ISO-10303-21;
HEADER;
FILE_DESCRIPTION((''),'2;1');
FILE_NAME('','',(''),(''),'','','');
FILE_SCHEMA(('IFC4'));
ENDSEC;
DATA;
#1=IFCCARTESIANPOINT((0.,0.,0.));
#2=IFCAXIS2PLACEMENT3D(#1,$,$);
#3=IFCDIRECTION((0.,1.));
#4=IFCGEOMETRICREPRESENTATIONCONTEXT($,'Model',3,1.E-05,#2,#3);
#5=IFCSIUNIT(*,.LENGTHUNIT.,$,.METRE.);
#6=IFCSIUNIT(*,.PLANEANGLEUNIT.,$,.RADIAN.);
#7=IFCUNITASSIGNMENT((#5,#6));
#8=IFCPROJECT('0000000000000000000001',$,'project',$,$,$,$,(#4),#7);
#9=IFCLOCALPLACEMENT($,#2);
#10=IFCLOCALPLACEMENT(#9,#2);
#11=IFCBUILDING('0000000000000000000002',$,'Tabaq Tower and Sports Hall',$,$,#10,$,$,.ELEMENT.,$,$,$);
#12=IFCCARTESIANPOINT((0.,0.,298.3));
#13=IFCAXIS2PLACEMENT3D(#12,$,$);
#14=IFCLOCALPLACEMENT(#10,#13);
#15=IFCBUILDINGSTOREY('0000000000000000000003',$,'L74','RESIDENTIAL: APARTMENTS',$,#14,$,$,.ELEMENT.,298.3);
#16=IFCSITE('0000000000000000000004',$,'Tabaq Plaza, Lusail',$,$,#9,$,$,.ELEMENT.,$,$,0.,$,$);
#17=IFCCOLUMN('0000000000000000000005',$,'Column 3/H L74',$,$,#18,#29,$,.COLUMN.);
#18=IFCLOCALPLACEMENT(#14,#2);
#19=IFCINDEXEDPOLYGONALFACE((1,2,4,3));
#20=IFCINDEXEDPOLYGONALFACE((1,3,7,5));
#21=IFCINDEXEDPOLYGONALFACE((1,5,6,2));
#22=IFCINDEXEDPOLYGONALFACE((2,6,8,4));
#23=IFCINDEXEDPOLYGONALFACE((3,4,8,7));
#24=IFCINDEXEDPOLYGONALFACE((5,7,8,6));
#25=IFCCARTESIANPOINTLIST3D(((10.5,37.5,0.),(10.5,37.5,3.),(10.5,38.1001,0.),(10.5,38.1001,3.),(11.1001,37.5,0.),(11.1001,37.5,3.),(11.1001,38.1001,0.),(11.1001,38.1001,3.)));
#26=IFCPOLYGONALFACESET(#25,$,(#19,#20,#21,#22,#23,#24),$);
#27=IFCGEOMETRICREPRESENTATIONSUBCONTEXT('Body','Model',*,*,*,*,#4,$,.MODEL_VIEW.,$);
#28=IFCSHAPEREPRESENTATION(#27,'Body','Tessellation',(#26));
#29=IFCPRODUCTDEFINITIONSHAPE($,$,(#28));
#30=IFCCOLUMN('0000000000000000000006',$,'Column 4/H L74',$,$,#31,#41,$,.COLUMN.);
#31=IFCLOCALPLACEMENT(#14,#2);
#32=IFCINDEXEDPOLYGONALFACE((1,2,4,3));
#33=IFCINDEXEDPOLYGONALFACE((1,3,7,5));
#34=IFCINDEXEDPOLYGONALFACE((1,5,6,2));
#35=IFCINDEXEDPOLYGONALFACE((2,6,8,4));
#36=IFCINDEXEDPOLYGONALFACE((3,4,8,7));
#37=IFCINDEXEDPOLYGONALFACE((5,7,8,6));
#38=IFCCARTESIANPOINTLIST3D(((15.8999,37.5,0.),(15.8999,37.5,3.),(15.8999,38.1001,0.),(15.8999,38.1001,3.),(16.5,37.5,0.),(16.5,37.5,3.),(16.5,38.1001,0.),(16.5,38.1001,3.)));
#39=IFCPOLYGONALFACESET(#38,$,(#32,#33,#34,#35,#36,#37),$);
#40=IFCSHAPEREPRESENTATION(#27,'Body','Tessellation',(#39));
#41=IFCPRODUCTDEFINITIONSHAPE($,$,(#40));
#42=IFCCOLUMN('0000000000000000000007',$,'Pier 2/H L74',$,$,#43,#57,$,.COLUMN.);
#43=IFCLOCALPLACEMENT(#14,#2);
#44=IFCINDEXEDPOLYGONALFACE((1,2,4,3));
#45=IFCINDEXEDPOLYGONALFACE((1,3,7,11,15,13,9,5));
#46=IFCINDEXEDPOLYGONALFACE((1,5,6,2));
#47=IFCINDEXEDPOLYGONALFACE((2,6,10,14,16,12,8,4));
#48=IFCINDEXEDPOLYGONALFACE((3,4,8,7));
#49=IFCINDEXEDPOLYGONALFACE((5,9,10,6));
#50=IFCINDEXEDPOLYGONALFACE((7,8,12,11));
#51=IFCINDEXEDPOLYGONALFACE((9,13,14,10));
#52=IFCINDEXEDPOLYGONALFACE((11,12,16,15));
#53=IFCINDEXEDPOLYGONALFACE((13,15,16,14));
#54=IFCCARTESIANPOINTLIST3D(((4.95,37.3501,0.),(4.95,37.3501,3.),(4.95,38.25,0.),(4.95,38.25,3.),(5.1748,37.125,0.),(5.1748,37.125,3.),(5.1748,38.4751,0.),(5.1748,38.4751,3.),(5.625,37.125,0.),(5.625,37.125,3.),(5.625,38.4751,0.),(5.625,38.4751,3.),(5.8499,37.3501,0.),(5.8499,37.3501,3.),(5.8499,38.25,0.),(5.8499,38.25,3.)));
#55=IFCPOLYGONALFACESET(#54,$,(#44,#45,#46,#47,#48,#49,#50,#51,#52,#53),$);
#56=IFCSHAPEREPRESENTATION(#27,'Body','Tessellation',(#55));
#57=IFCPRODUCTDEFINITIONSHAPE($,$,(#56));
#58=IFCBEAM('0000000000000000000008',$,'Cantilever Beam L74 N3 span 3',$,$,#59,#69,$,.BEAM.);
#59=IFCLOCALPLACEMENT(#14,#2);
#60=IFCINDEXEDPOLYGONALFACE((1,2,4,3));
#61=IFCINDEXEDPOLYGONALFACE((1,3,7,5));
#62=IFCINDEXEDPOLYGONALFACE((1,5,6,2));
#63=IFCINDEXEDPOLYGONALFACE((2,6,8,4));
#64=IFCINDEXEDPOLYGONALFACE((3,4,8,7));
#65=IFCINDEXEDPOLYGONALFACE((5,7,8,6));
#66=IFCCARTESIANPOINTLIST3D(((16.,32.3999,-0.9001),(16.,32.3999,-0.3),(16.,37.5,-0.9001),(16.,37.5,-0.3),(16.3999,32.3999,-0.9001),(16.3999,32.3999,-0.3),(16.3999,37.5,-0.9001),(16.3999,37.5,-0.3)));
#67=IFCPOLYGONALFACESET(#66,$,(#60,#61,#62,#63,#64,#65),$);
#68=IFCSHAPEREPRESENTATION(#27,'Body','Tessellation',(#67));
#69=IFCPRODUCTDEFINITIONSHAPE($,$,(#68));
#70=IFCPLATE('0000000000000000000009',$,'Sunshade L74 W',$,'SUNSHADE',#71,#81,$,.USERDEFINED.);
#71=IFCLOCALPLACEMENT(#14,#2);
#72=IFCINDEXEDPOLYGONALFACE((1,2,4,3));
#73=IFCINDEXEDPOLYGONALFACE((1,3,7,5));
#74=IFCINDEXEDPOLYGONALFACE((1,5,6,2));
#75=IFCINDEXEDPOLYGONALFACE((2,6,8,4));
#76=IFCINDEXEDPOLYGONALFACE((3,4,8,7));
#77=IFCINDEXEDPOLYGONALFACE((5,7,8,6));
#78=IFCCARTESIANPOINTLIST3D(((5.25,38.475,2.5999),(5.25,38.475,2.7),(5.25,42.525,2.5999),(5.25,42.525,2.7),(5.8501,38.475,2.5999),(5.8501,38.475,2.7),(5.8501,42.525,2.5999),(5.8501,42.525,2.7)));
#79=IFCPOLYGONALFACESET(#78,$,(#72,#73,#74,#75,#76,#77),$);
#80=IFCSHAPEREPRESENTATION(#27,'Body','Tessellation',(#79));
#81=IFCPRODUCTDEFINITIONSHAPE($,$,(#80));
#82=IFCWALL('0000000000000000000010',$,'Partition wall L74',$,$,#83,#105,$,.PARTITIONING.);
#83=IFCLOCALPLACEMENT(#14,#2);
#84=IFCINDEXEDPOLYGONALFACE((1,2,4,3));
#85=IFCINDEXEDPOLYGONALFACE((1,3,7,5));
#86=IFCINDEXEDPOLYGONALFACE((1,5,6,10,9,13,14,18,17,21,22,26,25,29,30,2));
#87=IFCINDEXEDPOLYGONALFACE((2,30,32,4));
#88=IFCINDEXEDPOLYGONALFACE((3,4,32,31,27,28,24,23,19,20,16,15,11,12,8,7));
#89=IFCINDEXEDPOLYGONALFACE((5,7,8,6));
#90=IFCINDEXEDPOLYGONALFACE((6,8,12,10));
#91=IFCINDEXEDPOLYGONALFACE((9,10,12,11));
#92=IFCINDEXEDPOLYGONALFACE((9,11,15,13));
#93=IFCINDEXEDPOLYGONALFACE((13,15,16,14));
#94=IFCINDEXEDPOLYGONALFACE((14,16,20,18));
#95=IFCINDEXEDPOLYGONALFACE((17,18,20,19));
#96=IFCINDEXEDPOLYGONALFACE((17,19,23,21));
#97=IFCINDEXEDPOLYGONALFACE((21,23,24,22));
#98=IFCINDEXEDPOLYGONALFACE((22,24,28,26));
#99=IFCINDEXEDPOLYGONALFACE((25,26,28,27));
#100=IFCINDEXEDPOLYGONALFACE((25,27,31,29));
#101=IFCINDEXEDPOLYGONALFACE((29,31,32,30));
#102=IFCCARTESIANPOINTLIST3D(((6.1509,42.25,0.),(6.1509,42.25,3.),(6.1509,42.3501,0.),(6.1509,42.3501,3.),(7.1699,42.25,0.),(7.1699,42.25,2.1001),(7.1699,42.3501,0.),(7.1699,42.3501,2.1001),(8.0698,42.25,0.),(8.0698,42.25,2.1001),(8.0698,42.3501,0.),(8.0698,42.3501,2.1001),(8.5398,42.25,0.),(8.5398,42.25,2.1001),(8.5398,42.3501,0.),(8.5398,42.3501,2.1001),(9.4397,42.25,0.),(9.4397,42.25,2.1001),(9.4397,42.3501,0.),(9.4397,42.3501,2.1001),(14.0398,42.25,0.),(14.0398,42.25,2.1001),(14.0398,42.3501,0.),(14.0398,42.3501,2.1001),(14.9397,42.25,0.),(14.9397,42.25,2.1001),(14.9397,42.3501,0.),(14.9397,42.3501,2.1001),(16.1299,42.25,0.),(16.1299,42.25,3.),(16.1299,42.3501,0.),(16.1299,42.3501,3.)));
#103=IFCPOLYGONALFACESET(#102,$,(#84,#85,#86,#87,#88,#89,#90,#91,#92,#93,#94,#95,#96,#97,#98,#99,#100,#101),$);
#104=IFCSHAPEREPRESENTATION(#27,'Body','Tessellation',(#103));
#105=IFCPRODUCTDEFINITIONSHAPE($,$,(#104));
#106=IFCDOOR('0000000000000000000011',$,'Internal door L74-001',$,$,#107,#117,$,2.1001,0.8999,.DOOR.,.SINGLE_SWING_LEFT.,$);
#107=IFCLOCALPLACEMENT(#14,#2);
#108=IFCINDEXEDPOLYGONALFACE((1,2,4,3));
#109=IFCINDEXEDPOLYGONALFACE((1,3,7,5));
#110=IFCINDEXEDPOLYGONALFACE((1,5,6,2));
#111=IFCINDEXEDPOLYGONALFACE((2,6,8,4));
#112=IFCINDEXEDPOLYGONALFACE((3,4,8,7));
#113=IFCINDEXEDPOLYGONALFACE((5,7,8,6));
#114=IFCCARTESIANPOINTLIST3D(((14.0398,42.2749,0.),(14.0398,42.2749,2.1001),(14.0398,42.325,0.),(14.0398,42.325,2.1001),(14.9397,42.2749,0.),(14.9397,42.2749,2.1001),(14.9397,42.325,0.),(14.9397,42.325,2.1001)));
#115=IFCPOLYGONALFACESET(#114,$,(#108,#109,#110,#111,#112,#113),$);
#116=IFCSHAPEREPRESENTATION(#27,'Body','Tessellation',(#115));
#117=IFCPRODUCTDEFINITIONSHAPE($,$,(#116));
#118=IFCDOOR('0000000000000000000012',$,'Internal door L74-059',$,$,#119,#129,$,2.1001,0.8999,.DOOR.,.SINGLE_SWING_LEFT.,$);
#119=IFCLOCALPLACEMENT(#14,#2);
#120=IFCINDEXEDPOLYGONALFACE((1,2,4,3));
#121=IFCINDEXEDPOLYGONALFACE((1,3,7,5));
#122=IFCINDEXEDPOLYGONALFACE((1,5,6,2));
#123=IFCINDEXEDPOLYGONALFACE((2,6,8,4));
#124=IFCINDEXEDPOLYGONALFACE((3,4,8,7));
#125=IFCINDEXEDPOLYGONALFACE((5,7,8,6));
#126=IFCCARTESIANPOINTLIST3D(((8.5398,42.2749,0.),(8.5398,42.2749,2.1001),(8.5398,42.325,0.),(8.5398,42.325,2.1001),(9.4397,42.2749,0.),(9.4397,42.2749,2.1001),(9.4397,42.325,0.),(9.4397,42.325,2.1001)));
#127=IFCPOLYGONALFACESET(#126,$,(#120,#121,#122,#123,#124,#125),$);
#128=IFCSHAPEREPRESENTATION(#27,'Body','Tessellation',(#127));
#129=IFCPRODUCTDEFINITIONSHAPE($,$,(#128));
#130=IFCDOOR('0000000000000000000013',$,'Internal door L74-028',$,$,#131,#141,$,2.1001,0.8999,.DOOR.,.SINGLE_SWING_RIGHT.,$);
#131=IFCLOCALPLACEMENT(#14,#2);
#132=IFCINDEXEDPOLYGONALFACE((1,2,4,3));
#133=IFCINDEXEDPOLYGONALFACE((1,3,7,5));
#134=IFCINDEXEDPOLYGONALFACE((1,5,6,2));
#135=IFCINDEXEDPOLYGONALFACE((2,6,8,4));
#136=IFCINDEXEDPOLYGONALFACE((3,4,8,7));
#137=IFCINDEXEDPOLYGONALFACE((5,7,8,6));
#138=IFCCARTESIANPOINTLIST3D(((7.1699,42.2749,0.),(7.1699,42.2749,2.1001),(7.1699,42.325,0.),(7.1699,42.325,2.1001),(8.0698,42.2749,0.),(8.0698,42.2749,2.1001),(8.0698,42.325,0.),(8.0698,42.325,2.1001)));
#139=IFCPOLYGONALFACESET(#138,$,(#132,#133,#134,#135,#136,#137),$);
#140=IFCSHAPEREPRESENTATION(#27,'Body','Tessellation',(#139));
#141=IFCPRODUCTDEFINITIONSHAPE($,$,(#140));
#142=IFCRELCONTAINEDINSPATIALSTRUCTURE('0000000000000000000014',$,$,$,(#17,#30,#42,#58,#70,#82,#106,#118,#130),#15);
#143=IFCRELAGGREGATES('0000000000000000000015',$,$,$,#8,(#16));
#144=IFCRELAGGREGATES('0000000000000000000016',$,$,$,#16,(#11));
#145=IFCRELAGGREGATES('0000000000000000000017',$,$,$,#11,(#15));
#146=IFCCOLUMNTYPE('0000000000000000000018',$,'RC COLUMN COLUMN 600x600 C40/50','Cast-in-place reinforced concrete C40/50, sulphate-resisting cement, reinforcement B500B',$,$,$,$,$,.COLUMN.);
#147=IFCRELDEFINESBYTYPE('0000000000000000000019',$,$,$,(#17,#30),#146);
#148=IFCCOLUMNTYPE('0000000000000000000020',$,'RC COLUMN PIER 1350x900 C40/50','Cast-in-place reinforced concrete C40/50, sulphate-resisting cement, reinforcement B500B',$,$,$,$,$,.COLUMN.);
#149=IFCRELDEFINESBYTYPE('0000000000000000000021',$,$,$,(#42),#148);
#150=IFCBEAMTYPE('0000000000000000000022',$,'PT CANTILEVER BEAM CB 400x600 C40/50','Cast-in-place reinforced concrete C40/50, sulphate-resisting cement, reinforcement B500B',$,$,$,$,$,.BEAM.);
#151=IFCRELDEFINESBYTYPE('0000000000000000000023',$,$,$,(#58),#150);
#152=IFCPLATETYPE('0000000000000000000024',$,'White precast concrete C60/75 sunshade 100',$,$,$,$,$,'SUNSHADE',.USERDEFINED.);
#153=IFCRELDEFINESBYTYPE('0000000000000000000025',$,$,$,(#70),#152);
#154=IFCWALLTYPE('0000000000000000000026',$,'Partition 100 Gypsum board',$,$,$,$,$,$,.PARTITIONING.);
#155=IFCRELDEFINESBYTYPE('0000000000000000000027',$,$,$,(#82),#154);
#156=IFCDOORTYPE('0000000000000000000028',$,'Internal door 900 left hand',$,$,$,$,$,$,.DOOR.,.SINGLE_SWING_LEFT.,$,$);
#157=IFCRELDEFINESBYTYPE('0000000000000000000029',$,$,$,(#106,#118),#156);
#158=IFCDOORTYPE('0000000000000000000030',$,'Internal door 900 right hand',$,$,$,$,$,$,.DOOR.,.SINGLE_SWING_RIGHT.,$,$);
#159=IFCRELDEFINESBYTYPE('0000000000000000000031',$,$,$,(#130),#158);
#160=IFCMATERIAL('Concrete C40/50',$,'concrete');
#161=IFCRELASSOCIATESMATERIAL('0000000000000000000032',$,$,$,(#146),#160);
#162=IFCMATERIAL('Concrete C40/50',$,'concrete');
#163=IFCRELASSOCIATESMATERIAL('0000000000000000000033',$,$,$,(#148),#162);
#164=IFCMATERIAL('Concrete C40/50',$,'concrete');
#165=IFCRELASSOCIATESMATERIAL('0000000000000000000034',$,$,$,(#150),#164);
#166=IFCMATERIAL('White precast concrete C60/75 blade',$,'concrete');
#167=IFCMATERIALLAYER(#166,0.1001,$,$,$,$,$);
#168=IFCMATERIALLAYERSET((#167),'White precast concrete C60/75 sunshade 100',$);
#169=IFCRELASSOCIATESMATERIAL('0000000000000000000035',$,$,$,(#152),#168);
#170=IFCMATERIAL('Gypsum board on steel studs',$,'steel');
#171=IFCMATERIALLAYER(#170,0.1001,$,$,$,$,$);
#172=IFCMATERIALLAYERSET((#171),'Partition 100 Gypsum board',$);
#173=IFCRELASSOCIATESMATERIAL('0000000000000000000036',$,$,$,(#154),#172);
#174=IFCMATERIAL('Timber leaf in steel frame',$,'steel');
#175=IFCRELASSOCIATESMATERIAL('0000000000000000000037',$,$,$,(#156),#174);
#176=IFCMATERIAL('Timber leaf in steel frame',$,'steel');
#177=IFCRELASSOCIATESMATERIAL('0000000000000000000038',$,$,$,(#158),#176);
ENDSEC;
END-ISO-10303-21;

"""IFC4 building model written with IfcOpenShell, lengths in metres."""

from ifc_helpers import new_model, si_unit, direction, frame, frame_2d, origin, origin_2d, place, context, subcontext, project, spatial, polyline, rectangle, outline, extrude, material, layer, layer_set, material_profile, profile_set, type_object, element, fill, save


model = new_model("IFC4")

# Units and contexts
model_context = context("Model", 3, precision=1e-05, world=origin(), true_north=direction((0.0, 1.0)))
body_context = subcontext(model_context, "Body", "Model", "MODEL_VIEW")
ifc_project = project(units=[si_unit("LENGTHUNIT", "METRE"), si_unit("PLANEANGLEUNIT", "RADIAN")], contexts=[model_context])

# Site, building, storey
site_placement = place(None, origin())
site = spatial("IfcSite", under=ifc_project, at=site_placement, Name="Tabaq Plaza, Lusail", CompositionType="ELEMENT", RefElevation=0.0)
building_placement = place(site_placement, origin())
building = spatial("IfcBuilding", under=site, at=building_placement, Name="Tabaq Tower and Sports Hall", CompositionType="ELEMENT")
storey_placement = place(building_placement, frame((0.0, 0.0, 298.3)))
storey = spatial("IfcBuildingStorey", under=building, at=storey_placement, Name="L74", Description="RESIDENTIAL: APARTMENTS", CompositionType="ELEMENT", Elevation=298.3)

# Columns
ifc_material_1 = material(Name="Concrete C40/50", Category="concrete")
ifc_material_profile_1 = material_profile(ifc_material_1, rectangle(XDim=0.6001, YDim=0.6001, at=origin_2d()), Name="COLUMN 600x600")
ifc_profile_set_1 = profile_set([ifc_material_profile_1], Name="Concrete C40/50")
column_type_1 = type_object("IfcColumnType", Name="RC COLUMN COLUMN 600x600 C40/50", Description="Cast-in-place reinforced concrete C40/50, sulphate-resisting cement, reinforcement B500B", PredefinedType="COLUMN", material=ifc_profile_set_1)
for number, where, z_axis, x_axis, name in (
    (1, (10.8, 37.8, 0.0), (0.0, 0.0, 1.0), (1.0, 0.0, 0.0), "Column 3/H L74"),
    (2, (16.2, 37.8, 0.0), (0.0, 0.0, 1.0), (1.0, 0.0, 0.0), "Column 4/H L74"),
):
    element("IfcColumn", number, at=place(storey_placement, frame(where, z_axis=z_axis, x_axis=x_axis)), inside=storey, type_object=column_type_1, Name=name, PredefinedType="COLUMN", context=body_context, shape_type="SweptSolid", body=[
        extrude(rectangle(XDim=0.6001, YDim=0.6001, at=origin_2d()), origin(), (0.0, 0.0, 1.0), 3.0),
    ])
ifc_material_2 = material(Name="Concrete C40/50", Category="concrete")
ifc_material_profile_2 = material_profile(ifc_material_2, outline(polyline([(-0.45, -0.45), (0.45, -0.45), (0.675, -0.2251), (0.675, 0.2251), (0.45, 0.45), (-0.45, 0.45), (-0.675, 0.2251), (-0.675, -0.2251), (-0.45, -0.45)])), Name="PIER 1350x900")
ifc_profile_set_2 = profile_set([ifc_material_profile_2], Name="Concrete C40/50")
column_type_2 = type_object("IfcColumnType", Name="RC COLUMN PIER 1350x900 C40/50", Description="Cast-in-place reinforced concrete C40/50, sulphate-resisting cement, reinforcement B500B", PredefinedType="COLUMN", material=ifc_profile_set_2)
column_placement = place(storey_placement, frame((5.3999, 37.8, 0.0), z_axis=(0.0, 0.0, 1.0), x_axis=(0.0, 1.0, 0.0)))
element("IfcColumn", 3, at=column_placement, inside=storey, type_object=column_type_2, Name="Pier 2/H L74", PredefinedType="COLUMN", context=body_context, shape_type="SweptSolid", body=[
    extrude(outline(polyline([(-0.45, -0.45), (0.45, -0.45), (0.675, -0.2251), (0.675, 0.2251), (0.45, 0.45), (-0.45, 0.45), (-0.675, 0.2251), (-0.675, -0.2251), (-0.45, -0.45)])), origin(), (0.0, 0.0, 1.0), 3.0),
])

# Beam
ifc_material_3 = material(Name="Concrete C40/50", Category="concrete")
ifc_material_profile_3 = material_profile(ifc_material_3, rectangle(XDim=0.3999, YDim=0.6001, at=origin_2d()), Name="CB 400x600")
ifc_profile_set_3 = profile_set([ifc_material_profile_3], Name="Concrete C40/50")
beam_type = type_object("IfcBeamType", Name="PT CANTILEVER BEAM CB 400x600 C40/50", Description="Cast-in-place reinforced concrete C40/50, sulphate-resisting cement, reinforcement B500B", PredefinedType="BEAM", material=ifc_profile_set_3)
beam_placement = place(storey_placement, frame((16.2, 37.5, -0.6001), z_axis=(0.0, -1.0, 0.0), x_axis=(1.0, 0.0, 0.0)))
element("IfcBeam", 4, at=beam_placement, inside=storey, type_object=beam_type, Name="Cantilever Beam L74 N3 span 3", PredefinedType="BEAM", context=body_context, shape_type="SweptSolid", body=[
    extrude(rectangle(XDim=0.3999, YDim=0.6001, at=origin_2d()), origin(), (0.0, 0.0, 1.0), 5.1001),
])

# Plate
ifc_material_4 = material(Name="White precast concrete C60/75 blade", Category="concrete")
ifc_layer_1 = layer(ifc_material_4, 0.1001)
ifc_layer_set_1 = layer_set([ifc_layer_1], Name="White precast concrete C60/75 sunshade 100")
plate_type = type_object("IfcPlateType", Name="White precast concrete C60/75 sunshade 100", ElementType="SUNSHADE", PredefinedType="USERDEFINED", material=ifc_layer_set_1)
plate_placement = place(storey_placement, frame((5.55, 40.5, 2.5999), z_axis=(0.0, 0.0, 1.0), x_axis=(0.0, -1.0, 0.0)))
element("IfcPlate", 5, at=plate_placement, inside=storey, type_object=plate_type, Name="Sunshade L74 W", ObjectType="SUNSHADE", PredefinedType="USERDEFINED", context=body_context, shape_type="SweptSolid", body=[
    extrude(rectangle(XDim=4.05, YDim=0.6001, at=origin_2d()), origin(), (0.0, 0.0, 1.0), 0.1001),
])

# Wall, openings, doors
ifc_material_5 = material(Name="Gypsum board on steel studs", Category="steel")
ifc_layer_2 = layer(ifc_material_5, 0.1001)
ifc_layer_set_2 = layer_set([ifc_layer_2], Name="Partition 100 Gypsum board")
wall_type = type_object("IfcWallType", Name="Partition 100 Gypsum board", PredefinedType="PARTITIONING", material=ifc_layer_set_2)
wall_1_placement = place(storey_placement, frame((6.1509, 42.3, 0.0), z_axis=(0.0, 0.0, 1.0), x_axis=(1.0, 0.0, 0.0)))
wall_1 = element("IfcWall", 6, at=wall_1_placement, inside=storey, type_object=wall_type, Name="Partition wall L74", PredefinedType="PARTITIONING", context=body_context, shape_type="SweptSolid", body=[
    extrude(rectangle(XDim=9.979, YDim=0.1001, at=frame_2d((4.9895, 0.0))), origin(), (0.0, 0.0, 1.0), 3.0),
])
opening_1_placement = place(wall_1_placement, frame((7.8889, 0.0, 0.0)))
opening_1 = element("IfcOpeningElement", 7, at=opening_1_placement, cuts=wall_1, PredefinedType="OPENING", context=body_context, shape_type="SweptSolid", body=[
    extrude(rectangle(XDim=0.8999, YDim=2.1001, at=frame_2d((0.45, 1.05))), frame((0.0, 0.05, 0.0), z_axis=(0.0, -1.0, 0.0), x_axis=(1.0, 0.0, 0.0)), (0.0, 0.0, 1.0), 0.1001),
])
opening_2_placement = place(wall_1_placement, frame((1.019, 0.0, 0.0)))
opening_2 = element("IfcOpeningElement", 8, at=opening_2_placement, cuts=wall_1, PredefinedType="OPENING", context=body_context, shape_type="SweptSolid", body=[
    extrude(rectangle(XDim=0.8999, YDim=2.1001, at=frame_2d((0.45, 1.05))), frame((0.0, 0.05, 0.0), z_axis=(0.0, -1.0, 0.0), x_axis=(1.0, 0.0, 0.0)), (0.0, 0.0, 1.0), 0.1001),
])
opening_3_placement = place(wall_1_placement, frame((2.3889, 0.0, 0.0)))
opening_3 = element("IfcOpeningElement", 9, at=opening_3_placement, cuts=wall_1, PredefinedType="OPENING", context=body_context, shape_type="SweptSolid", body=[
    extrude(rectangle(XDim=0.8999, YDim=2.1001, at=frame_2d((0.45, 1.05))), frame((0.0, 0.05, 0.0), z_axis=(0.0, -1.0, 0.0), x_axis=(1.0, 0.0, 0.0)), (0.0, 0.0, 1.0), 0.1001),
])
ifc_material_6 = material(Name="Timber leaf in steel frame", Category="steel")
door_type_1 = type_object("IfcDoorType", Name="Internal door 900 left hand", OperationType="SINGLE_SWING_LEFT", PredefinedType="DOOR", material=ifc_material_6)
door_1_placement = place(opening_1_placement, origin())
door_1 = element("IfcDoor", 10, at=door_1_placement, inside=storey, type_object=door_type_1, Name="Internal door L74-001", OperationType="SINGLE_SWING_LEFT", OverallHeight=2.1001, OverallWidth=0.8999, PredefinedType="DOOR", context=body_context, shape_type="SweptSolid", body=[
    extrude(rectangle(XDim=0.8999, YDim=2.1001, at=frame_2d((0.45, 1.05))), frame((0.0, 0.0249, 0.0), z_axis=(0.0, -1.0, 0.0), x_axis=(1.0, 0.0, 0.0)), (0.0, 0.0, 1.0), 0.05),
])
fill(opening_1, door_1)
door_2_placement = place(opening_3_placement, origin())
door_2 = element("IfcDoor", 11, at=door_2_placement, inside=storey, type_object=door_type_1, Name="Internal door L74-059", OperationType="SINGLE_SWING_LEFT", OverallHeight=2.1001, OverallWidth=0.8999, PredefinedType="DOOR", context=body_context, shape_type="SweptSolid", body=[
    extrude(rectangle(XDim=0.8999, YDim=2.1001, at=frame_2d((0.45, 1.05))), frame((0.0, 0.0249, 0.0), z_axis=(0.0, -1.0, 0.0), x_axis=(1.0, 0.0, 0.0)), (0.0, 0.0, 1.0), 0.05),
])
fill(opening_3, door_2)
ifc_material_7 = material(Name="Timber leaf in steel frame", Category="steel")
door_type_2 = type_object("IfcDoorType", Name="Internal door 900 right hand", OperationType="SINGLE_SWING_RIGHT", PredefinedType="DOOR", material=ifc_material_7)
door_3_placement = place(opening_2_placement, origin())
door_3 = element("IfcDoor", 12, at=door_3_placement, inside=storey, type_object=door_type_2, Name="Internal door L74-028", OperationType="SINGLE_SWING_RIGHT", OverallHeight=2.1001, OverallWidth=0.8999, PredefinedType="DOOR", context=body_context, shape_type="SweptSolid", body=[
    extrude(rectangle(XDim=0.8999, YDim=2.1001, at=frame_2d((0.45, 1.05))), frame((0.0, 0.0249, 0.0), z_axis=(0.0, -1.0, 0.0), x_axis=(1.0, 0.0, 0.0)), (0.0, 0.0, 1.0), 0.05),
])
fill(opening_2, door_3)

save(model, "model.ifc")
